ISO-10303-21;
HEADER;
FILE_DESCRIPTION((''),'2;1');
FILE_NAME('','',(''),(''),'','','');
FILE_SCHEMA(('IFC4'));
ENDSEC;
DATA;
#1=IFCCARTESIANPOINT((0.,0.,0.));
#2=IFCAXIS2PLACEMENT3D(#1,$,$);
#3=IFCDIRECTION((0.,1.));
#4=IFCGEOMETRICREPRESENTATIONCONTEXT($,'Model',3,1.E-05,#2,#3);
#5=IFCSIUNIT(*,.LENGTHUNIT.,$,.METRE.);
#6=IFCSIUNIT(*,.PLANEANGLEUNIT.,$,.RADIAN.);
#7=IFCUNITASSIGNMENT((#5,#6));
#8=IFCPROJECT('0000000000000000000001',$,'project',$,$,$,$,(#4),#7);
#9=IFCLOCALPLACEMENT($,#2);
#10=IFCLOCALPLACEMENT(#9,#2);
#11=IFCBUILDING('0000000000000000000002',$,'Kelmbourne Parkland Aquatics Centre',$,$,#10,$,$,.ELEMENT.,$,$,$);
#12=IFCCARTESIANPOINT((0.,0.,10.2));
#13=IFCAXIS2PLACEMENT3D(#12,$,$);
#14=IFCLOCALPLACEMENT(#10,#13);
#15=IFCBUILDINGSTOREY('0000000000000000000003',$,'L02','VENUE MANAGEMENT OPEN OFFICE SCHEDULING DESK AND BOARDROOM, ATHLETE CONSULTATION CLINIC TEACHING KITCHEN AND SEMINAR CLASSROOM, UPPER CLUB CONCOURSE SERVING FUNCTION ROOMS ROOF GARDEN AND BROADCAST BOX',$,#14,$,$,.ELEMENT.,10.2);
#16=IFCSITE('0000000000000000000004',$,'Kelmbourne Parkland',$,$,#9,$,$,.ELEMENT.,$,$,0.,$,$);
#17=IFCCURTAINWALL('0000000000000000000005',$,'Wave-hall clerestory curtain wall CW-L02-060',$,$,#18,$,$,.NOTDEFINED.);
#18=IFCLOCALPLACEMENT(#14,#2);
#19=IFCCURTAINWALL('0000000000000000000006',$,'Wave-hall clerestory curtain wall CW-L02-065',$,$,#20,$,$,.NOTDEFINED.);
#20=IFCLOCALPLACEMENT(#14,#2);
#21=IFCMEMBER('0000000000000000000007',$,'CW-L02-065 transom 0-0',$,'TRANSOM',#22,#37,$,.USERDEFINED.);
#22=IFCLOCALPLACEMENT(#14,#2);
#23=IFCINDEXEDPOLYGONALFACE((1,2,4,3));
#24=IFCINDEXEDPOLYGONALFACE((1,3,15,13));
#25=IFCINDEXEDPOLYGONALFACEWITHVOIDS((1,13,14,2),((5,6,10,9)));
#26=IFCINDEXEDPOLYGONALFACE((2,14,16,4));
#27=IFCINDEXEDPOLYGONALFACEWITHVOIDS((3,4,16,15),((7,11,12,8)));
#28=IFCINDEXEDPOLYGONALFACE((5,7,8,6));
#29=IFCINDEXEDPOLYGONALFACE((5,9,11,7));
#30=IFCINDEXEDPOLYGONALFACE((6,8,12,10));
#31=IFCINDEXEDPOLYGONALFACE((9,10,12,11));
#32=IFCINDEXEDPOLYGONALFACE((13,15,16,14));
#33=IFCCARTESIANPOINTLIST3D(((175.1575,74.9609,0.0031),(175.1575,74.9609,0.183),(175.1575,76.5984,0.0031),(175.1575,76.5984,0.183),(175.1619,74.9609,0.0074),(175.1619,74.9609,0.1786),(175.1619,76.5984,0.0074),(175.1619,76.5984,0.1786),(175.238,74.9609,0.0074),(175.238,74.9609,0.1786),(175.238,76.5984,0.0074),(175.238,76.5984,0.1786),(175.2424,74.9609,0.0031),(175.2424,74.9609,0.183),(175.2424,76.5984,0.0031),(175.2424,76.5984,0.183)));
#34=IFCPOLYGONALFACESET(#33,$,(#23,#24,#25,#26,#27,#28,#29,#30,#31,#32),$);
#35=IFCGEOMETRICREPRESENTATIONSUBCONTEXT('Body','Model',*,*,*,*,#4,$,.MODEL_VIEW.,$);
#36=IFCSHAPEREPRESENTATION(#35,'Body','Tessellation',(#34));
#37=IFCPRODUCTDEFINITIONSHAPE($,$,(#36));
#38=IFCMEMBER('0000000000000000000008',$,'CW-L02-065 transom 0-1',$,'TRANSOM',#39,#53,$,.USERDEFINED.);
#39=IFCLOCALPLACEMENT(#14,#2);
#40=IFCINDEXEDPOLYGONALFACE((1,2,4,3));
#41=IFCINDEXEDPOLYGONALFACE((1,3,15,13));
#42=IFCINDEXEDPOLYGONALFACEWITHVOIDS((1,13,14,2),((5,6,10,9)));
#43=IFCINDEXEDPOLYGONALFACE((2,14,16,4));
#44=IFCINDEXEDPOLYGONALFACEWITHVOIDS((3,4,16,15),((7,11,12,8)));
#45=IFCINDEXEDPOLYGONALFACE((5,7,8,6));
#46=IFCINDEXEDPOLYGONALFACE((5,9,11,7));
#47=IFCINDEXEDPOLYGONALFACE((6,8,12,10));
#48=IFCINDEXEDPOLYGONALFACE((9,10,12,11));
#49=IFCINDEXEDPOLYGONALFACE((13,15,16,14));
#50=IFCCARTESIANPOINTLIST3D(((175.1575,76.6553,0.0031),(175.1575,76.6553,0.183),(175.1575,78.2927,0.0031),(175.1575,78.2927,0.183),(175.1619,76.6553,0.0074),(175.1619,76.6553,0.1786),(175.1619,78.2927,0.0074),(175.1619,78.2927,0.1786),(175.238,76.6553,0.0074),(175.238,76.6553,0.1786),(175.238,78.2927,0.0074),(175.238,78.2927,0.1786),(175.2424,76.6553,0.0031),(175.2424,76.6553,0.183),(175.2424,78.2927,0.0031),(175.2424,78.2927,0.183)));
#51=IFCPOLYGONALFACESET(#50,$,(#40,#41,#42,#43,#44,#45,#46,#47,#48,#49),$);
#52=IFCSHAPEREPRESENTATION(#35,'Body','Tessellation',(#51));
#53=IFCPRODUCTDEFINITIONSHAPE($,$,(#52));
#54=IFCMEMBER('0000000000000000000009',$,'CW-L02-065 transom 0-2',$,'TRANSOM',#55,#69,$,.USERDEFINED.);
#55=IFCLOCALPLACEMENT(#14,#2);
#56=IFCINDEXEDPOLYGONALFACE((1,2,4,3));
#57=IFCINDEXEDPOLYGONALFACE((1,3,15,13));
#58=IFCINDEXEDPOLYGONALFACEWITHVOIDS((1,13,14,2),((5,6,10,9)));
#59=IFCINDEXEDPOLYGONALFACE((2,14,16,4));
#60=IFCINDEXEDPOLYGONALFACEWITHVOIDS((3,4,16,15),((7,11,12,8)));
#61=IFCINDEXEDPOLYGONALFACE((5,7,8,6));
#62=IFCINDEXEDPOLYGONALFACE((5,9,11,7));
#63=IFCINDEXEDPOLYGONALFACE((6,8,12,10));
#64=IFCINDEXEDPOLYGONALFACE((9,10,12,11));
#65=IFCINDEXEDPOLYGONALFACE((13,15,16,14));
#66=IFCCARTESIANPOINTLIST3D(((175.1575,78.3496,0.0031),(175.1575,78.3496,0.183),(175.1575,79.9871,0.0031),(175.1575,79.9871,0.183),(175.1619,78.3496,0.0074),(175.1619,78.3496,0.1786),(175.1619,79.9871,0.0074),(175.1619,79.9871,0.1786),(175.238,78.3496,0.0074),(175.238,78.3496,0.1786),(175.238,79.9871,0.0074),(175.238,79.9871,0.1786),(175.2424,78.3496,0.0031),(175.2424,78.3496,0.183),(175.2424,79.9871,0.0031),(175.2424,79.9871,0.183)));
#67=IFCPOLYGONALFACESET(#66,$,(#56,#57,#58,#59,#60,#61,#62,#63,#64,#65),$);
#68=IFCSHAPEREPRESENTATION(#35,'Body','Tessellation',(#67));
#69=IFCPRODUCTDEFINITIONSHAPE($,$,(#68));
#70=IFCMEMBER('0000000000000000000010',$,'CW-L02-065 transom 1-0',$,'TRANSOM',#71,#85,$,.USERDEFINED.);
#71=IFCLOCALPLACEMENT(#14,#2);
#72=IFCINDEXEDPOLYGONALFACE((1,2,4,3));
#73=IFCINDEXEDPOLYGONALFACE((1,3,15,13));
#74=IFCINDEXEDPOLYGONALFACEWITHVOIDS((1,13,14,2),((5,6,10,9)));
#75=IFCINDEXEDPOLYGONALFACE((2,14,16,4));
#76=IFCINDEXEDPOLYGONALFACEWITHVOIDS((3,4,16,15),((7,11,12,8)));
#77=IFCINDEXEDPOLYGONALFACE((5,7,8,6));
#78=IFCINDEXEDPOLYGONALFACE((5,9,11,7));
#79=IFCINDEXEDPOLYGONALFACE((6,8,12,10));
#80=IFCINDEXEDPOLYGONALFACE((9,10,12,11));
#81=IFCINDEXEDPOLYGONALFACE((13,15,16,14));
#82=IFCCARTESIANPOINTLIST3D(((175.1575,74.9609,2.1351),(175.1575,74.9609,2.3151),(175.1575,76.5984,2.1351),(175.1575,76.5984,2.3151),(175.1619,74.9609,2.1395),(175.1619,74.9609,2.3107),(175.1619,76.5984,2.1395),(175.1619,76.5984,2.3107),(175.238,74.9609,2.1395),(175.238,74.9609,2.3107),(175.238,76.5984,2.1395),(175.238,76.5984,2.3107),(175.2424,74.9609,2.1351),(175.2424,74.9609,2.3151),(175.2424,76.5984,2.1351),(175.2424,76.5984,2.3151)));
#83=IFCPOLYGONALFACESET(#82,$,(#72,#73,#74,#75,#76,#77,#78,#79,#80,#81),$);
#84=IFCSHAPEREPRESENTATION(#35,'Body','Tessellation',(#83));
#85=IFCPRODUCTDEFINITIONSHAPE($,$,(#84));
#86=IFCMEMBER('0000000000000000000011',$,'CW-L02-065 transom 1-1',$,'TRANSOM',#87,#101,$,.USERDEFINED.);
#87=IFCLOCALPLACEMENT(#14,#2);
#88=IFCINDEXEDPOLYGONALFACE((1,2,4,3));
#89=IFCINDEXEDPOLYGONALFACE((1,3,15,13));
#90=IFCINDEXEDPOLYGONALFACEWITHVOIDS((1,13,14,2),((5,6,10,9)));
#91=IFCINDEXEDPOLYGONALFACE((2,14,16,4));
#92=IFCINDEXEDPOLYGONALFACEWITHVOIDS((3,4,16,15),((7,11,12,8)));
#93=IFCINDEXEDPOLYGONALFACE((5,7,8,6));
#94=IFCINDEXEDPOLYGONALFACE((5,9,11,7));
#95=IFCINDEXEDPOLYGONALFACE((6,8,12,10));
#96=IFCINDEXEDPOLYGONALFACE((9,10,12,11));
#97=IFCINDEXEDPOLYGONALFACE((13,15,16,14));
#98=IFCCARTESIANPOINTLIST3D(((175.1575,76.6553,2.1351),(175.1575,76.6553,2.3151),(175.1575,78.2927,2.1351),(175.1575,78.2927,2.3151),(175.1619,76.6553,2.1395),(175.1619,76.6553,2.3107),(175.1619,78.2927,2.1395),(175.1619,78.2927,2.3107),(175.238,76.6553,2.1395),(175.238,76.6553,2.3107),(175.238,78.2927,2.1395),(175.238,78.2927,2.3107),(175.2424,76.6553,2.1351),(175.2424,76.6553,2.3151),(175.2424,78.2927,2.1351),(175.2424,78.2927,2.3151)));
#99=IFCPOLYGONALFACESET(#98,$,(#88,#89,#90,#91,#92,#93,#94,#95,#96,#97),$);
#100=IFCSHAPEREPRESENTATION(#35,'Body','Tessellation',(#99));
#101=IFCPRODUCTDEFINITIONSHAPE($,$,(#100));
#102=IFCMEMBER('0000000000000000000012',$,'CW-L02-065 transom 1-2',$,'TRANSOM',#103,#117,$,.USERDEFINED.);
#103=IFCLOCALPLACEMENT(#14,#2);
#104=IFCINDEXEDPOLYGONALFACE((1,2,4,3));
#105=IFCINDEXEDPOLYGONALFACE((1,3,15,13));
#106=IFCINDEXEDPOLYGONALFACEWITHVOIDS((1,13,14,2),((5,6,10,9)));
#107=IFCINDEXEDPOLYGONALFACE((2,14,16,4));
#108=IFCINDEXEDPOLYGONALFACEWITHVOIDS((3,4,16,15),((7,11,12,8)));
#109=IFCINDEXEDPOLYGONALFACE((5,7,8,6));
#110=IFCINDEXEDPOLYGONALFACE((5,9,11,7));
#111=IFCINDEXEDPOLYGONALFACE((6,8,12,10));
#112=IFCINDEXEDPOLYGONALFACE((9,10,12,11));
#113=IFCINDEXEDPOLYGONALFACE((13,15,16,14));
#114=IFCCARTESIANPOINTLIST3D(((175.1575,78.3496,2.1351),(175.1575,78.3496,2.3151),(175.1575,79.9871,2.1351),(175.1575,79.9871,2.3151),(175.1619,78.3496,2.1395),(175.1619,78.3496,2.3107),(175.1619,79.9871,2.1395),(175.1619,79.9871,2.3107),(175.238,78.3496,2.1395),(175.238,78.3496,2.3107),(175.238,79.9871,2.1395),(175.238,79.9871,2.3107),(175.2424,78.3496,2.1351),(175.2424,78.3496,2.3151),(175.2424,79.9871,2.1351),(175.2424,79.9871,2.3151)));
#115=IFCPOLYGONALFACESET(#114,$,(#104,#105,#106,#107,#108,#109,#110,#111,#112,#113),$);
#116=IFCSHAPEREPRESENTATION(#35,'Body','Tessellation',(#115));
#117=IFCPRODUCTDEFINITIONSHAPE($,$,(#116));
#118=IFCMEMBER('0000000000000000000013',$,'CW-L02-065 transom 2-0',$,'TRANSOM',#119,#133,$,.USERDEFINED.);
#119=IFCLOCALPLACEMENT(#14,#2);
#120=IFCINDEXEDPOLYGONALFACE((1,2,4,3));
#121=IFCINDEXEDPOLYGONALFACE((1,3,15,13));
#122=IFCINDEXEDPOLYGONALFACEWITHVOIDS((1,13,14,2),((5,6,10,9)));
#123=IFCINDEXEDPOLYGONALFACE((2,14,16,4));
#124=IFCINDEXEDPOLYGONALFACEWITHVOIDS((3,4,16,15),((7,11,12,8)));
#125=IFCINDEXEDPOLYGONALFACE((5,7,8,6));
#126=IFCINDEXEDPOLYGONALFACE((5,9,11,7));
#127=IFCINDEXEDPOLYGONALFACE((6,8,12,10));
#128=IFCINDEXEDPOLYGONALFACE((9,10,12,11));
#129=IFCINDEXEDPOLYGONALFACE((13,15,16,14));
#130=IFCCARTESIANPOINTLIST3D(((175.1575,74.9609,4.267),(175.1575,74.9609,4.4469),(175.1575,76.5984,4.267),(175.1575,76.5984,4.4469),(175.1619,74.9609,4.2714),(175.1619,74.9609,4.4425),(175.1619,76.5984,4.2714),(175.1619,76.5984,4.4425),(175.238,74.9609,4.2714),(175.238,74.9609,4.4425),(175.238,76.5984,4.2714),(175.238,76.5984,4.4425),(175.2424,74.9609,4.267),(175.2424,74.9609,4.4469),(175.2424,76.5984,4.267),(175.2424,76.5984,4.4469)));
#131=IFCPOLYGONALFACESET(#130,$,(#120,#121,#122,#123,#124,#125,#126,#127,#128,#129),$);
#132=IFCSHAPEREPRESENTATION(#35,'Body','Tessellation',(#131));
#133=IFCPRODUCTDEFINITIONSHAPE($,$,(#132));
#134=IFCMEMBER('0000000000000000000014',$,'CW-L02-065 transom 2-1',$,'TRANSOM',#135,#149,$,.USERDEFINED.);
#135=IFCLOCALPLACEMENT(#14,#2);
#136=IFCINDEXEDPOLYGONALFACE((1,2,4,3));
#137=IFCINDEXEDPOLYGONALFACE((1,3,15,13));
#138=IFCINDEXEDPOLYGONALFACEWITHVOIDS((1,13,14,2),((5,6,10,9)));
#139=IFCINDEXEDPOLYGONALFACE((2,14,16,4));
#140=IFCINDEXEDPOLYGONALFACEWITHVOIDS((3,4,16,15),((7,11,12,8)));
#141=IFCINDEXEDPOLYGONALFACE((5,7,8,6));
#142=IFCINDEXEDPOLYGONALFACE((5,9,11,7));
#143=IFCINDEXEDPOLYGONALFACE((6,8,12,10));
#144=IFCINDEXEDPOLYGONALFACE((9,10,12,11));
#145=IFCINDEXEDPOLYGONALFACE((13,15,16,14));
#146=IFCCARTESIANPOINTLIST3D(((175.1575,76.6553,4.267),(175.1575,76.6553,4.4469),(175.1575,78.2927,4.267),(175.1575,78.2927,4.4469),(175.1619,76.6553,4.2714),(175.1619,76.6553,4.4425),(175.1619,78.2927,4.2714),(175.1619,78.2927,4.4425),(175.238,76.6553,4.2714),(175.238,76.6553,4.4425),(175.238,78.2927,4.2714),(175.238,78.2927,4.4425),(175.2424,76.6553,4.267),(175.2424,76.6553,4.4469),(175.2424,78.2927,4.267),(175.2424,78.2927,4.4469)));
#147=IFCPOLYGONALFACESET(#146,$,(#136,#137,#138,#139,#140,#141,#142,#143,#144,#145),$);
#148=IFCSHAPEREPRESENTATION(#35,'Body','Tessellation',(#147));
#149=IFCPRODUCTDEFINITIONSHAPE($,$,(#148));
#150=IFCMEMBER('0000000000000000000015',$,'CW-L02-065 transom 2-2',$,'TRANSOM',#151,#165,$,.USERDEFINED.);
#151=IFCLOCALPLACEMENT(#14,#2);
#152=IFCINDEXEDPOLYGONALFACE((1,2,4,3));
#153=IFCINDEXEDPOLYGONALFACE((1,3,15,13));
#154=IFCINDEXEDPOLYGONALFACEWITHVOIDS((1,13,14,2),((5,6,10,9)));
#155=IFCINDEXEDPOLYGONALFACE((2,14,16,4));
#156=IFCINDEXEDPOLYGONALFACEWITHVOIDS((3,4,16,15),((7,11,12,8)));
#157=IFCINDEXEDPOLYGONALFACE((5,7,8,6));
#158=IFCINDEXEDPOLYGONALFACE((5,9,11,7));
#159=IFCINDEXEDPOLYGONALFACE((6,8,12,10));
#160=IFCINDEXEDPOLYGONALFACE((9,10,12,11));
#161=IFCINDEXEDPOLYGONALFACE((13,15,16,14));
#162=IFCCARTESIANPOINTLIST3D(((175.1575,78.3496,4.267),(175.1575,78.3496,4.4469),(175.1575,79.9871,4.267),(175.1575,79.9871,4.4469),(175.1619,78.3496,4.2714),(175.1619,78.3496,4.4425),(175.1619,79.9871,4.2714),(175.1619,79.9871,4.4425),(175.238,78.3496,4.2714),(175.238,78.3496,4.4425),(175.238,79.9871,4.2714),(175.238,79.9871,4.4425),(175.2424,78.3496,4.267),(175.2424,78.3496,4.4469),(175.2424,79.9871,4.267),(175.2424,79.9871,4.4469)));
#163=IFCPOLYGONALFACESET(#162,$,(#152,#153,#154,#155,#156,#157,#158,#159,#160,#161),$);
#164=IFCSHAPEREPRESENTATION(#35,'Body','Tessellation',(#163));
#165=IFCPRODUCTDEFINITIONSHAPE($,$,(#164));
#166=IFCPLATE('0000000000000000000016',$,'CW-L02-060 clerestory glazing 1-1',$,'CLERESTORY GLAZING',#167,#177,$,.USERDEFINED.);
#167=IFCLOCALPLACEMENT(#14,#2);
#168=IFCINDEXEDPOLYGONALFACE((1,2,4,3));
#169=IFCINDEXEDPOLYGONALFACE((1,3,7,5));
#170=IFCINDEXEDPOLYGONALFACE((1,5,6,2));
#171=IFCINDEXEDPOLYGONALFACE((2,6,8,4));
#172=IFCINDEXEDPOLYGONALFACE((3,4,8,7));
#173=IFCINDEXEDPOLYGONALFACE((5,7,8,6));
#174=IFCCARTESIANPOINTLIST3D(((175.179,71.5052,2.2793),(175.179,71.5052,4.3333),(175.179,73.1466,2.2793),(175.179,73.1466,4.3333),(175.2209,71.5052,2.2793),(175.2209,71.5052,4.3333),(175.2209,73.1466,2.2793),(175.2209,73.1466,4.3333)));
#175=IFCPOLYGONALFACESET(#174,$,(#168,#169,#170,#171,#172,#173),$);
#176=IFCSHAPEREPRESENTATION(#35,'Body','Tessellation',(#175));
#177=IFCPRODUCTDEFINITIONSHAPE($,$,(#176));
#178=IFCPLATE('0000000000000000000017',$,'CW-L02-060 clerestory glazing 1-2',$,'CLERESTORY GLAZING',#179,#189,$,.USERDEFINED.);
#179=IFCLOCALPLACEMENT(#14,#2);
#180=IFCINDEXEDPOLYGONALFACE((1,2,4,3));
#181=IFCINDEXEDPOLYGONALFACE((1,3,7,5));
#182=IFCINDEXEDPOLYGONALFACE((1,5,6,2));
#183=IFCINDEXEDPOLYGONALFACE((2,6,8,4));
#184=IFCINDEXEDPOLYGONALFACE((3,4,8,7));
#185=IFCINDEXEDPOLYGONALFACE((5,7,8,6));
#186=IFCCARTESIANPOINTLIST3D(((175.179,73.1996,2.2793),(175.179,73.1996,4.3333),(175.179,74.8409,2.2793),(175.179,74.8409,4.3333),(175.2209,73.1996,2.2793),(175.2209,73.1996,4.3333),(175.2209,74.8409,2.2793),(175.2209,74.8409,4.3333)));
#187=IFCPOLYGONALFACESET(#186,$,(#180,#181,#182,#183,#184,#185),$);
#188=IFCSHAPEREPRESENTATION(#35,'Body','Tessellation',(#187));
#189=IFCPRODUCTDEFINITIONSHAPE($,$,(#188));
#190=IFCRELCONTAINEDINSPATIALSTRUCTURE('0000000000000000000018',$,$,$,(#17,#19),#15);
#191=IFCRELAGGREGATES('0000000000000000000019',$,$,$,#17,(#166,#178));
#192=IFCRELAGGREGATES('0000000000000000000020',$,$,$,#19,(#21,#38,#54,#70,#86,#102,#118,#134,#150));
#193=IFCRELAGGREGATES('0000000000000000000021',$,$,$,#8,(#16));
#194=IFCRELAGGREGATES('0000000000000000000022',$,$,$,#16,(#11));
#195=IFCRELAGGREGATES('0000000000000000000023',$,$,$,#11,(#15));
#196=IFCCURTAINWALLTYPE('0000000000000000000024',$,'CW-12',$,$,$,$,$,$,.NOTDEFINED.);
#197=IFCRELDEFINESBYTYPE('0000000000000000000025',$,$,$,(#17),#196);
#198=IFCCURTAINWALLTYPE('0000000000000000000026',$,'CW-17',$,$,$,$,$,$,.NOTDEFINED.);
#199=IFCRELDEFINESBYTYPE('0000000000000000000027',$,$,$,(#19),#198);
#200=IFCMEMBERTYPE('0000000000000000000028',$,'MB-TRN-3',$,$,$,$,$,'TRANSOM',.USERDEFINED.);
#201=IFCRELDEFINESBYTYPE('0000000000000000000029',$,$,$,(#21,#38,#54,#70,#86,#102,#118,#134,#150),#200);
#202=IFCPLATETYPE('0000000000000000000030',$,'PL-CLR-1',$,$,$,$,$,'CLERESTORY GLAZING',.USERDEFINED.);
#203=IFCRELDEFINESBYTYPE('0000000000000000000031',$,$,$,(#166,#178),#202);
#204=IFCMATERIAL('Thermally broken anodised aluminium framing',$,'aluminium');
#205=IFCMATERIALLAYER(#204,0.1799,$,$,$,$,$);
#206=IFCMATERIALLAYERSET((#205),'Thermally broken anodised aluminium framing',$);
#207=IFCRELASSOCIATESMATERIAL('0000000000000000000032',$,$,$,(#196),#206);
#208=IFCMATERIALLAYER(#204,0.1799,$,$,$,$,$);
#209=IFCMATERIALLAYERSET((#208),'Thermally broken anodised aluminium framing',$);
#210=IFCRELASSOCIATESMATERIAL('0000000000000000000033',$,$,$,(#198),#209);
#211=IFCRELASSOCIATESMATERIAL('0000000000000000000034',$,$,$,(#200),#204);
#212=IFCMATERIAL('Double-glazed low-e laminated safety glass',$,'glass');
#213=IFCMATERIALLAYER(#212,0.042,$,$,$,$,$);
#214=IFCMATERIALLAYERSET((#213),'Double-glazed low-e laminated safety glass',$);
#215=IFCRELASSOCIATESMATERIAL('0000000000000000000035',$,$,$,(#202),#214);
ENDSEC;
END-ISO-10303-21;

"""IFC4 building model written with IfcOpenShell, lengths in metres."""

from ifc_helpers import new_model, si_unit, direction, frame, origin, origin_2d, place, context, subcontext, project, spatial, rectangle, hollow_rectangle, extrude, material, layer, layer_set, material_profile, profile_set, type_object, element, aggregate, save


model = new_model("IFC4")

# Units and contexts
model_context = context("Model", 3, precision=1e-05, world=origin(), true_north=direction((0.0, 1.0)))
body_context = subcontext(model_context, "Body", "Model", "MODEL_VIEW")
ifc_project = project(units=[si_unit("LENGTHUNIT", "METRE"), si_unit("PLANEANGLEUNIT", "RADIAN")], contexts=[model_context])

# Site, building, storey
site_placement = place(None, origin())
site = spatial("IfcSite", under=ifc_project, at=site_placement, Name="Kelmbourne Parkland", CompositionType="ELEMENT", RefElevation=0.0)
building_placement = place(site_placement, origin())
building = spatial("IfcBuilding", under=site, at=building_placement, Name="Kelmbourne Parkland Aquatics Centre", CompositionType="ELEMENT")
storey_placement = place(building_placement, frame((0.0, 0.0, 10.2)))
storey = spatial("IfcBuildingStorey", under=building, at=storey_placement, Name="L02", Description="VENUE MANAGEMENT OPEN OFFICE SCHEDULING DESK AND BOARDROOM, ATHLETE CONSULTATION CLINIC TEACHING KITCHEN AND SEMINAR CLASSROOM, UPPER CLUB CONCOURSE SERVING FUNCTION ROOMS ROOF GARDEN AND BROADCAST BOX", CompositionType="ELEMENT", Elevation=10.2)

# Curtain walls
ifc_material_1 = material(Name="Thermally broken anodised aluminium framing", Category="aluminium")
ifc_layer_1 = layer(ifc_material_1, 0.1799)
ifc_layer_set_1 = layer_set([ifc_layer_1], Name="Thermally broken anodised aluminium framing")
curtain_wall_type_1 = type_object("IfcCurtainWallType", Name="CW-12", PredefinedType="NOTDEFINED", material=ifc_layer_set_1)
curtain_wall_1_placement = place(storey_placement, origin())
curtain_wall_1 = element("IfcCurtainWall", 1, at=curtain_wall_1_placement, inside=storey, type_object=curtain_wall_type_1, Name="Wave-hall clerestory curtain wall CW-L02-060", PredefinedType="NOTDEFINED")
ifc_layer_2 = layer(ifc_material_1, 0.1799)
ifc_layer_set_2 = layer_set([ifc_layer_2], Name="Thermally broken anodised aluminium framing")
curtain_wall_type_2 = type_object("IfcCurtainWallType", Name="CW-17", PredefinedType="NOTDEFINED", material=ifc_layer_set_2)
curtain_wall_2_placement = place(storey_placement, origin())
curtain_wall_2 = element("IfcCurtainWall", 2, at=curtain_wall_2_placement, inside=storey, type_object=curtain_wall_type_2, Name="Wave-hall clerestory curtain wall CW-L02-065", PredefinedType="NOTDEFINED")

# Members
ifc_material_profile_1 = material_profile(ifc_material_1, hollow_rectangle(XDim=0.085, YDim=0.1799, WallThickness=0.0044, at=origin_2d()), Name="CW-T 85x180")
ifc_profile_set_1 = profile_set([ifc_material_profile_1], Name="Thermally broken anodised aluminium framing")
member_type_1 = type_object("IfcMemberType", Name="MB-TRN-3", ElementType="TRANSOM", PredefinedType="USERDEFINED", material=ifc_profile_set_1)
member_1_placement = place(storey_placement, frame((175.2, 74.9609, 0.093), z_axis=(0.0, 1.0, 0.0), x_axis=(-1.0, 0.0, 0.0)))
member_1 = element("IfcMember", 3, at=member_1_placement, type_object=member_type_1, Name="CW-L02-065 transom 0-0", ObjectType="TRANSOM", PredefinedType="USERDEFINED", context=body_context, shape_type="SweptSolid", body=[
    extrude(hollow_rectangle(XDim=0.085, YDim=0.1799, WallThickness=0.0044, at=origin_2d()), origin(), (0.0, 0.0, 1.0), 1.6375),
])
member_2_placement = place(storey_placement, frame((175.2, 76.6553, 0.093), z_axis=(0.0, 1.0, 0.0), x_axis=(-1.0, 0.0, 0.0)))
member_2 = element("IfcMember", 4, at=member_2_placement, type_object=member_type_1, Name="CW-L02-065 transom 0-1", ObjectType="TRANSOM", PredefinedType="USERDEFINED", context=body_context, shape_type="SweptSolid", body=[
    extrude(hollow_rectangle(XDim=0.085, YDim=0.1799, WallThickness=0.0044, at=origin_2d()), origin(), (0.0, 0.0, 1.0), 1.6375),
])
member_3_placement = place(storey_placement, frame((175.2, 78.3496, 0.093), z_axis=(0.0, 1.0, 0.0), x_axis=(-1.0, 0.0, 0.0)))
member_3 = element("IfcMember", 5, at=member_3_placement, type_object=member_type_1, Name="CW-L02-065 transom 0-2", ObjectType="TRANSOM", PredefinedType="USERDEFINED", context=body_context, shape_type="SweptSolid", body=[
    extrude(hollow_rectangle(XDim=0.085, YDim=0.1799, WallThickness=0.0044, at=origin_2d()), origin(), (0.0, 0.0, 1.0), 1.6375),
])
member_4_placement = place(storey_placement, frame((175.2, 74.9609, 2.2251), z_axis=(0.0, 1.0, 0.0), x_axis=(-1.0, 0.0, 0.0)))
member_4 = element("IfcMember", 6, at=member_4_placement, type_object=member_type_1, Name="CW-L02-065 transom 1-0", ObjectType="TRANSOM", PredefinedType="USERDEFINED", context=body_context, shape_type="SweptSolid", body=[
    extrude(hollow_rectangle(XDim=0.085, YDim=0.1799, WallThickness=0.0044, at=origin_2d()), origin(), (0.0, 0.0, 1.0), 1.6375),
])
member_5_placement = place(storey_placement, frame((175.2, 76.6553, 2.2251), z_axis=(0.0, 1.0, 0.0), x_axis=(-1.0, 0.0, 0.0)))
member_5 = element("IfcMember", 7, at=member_5_placement, type_object=member_type_1, Name="CW-L02-065 transom 1-1", ObjectType="TRANSOM", PredefinedType="USERDEFINED", context=body_context, shape_type="SweptSolid", body=[
    extrude(hollow_rectangle(XDim=0.085, YDim=0.1799, WallThickness=0.0044, at=origin_2d()), origin(), (0.0, 0.0, 1.0), 1.6375),
])
member_6_placement = place(storey_placement, frame((175.2, 78.3496, 2.2251), z_axis=(0.0, 1.0, 0.0), x_axis=(-1.0, 0.0, 0.0)))
member_6 = element("IfcMember", 8, at=member_6_placement, type_object=member_type_1, Name="CW-L02-065 transom 1-2", ObjectType="TRANSOM", PredefinedType="USERDEFINED", context=body_context, shape_type="SweptSolid", body=[
    extrude(hollow_rectangle(XDim=0.085, YDim=0.1799, WallThickness=0.0044, at=origin_2d()), origin(), (0.0, 0.0, 1.0), 1.6375),
])
member_7_placement = place(storey_placement, frame((175.2, 74.9609, 4.3569), z_axis=(0.0, 1.0, 0.0), x_axis=(-1.0, 0.0, 0.0)))
member_7 = element("IfcMember", 9, at=member_7_placement, type_object=member_type_1, Name="CW-L02-065 transom 2-0", ObjectType="TRANSOM", PredefinedType="USERDEFINED", context=body_context, shape_type="SweptSolid", body=[
    extrude(hollow_rectangle(XDim=0.085, YDim=0.1799, WallThickness=0.0044, at=origin_2d()), origin(), (0.0, 0.0, 1.0), 1.6375),
])
member_8_placement = place(storey_placement, frame((175.2, 76.6553, 4.3569), z_axis=(0.0, 1.0, 0.0), x_axis=(-1.0, 0.0, 0.0)))
member_8 = element("IfcMember", 10, at=member_8_placement, type_object=member_type_1, Name="CW-L02-065 transom 2-1", ObjectType="TRANSOM", PredefinedType="USERDEFINED", context=body_context, shape_type="SweptSolid", body=[
    extrude(hollow_rectangle(XDim=0.085, YDim=0.1799, WallThickness=0.0044, at=origin_2d()), origin(), (0.0, 0.0, 1.0), 1.6375),
])
member_9_placement = place(storey_placement, frame((175.2, 78.3496, 4.3569), z_axis=(0.0, 1.0, 0.0), x_axis=(-1.0, 0.0, 0.0)))
member_9 = element("IfcMember", 11, at=member_9_placement, type_object=member_type_1, Name="CW-L02-065 transom 2-2", ObjectType="TRANSOM", PredefinedType="USERDEFINED", context=body_context, shape_type="SweptSolid", body=[
    extrude(hollow_rectangle(XDim=0.085, YDim=0.1799, WallThickness=0.0044, at=origin_2d()), origin(), (0.0, 0.0, 1.0), 1.6375),
])

# Plates
ifc_material_2 = material(Name="Double-glazed low-e laminated safety glass", Category="glass")
ifc_layer_3 = layer(ifc_material_2, 0.042)
ifc_layer_set_3 = layer_set([ifc_layer_3], Name="Double-glazed low-e laminated safety glass")
plate_type_1 = type_object("IfcPlateType", Name="PL-CLR-1", ElementType="CLERESTORY GLAZING", PredefinedType="USERDEFINED", material=ifc_layer_set_3)
plate_1_placement = place(storey_placement, frame((175.2, 72.3259, 2.2793), z_axis=(0.0, 0.0, 1.0), x_axis=(0.0, 1.0, 0.0)))
plate_1 = element("IfcPlate", 12, at=plate_1_placement, type_object=plate_type_1, Name="CW-L02-060 clerestory glazing 1-1", ObjectType="CLERESTORY GLAZING", PredefinedType="USERDEFINED", context=body_context, shape_type="SweptSolid", body=[
    extrude(rectangle(XDim=1.6414, YDim=0.042, at=origin_2d()), origin(), (0.0, 0.0, 1.0), 2.054),
])
plate_2_placement = place(storey_placement, frame((175.2, 74.0203, 2.2793), z_axis=(0.0, 0.0, 1.0), x_axis=(0.0, 1.0, 0.0)))
plate_2 = element("IfcPlate", 13, at=plate_2_placement, type_object=plate_type_1, Name="CW-L02-060 clerestory glazing 1-2", ObjectType="CLERESTORY GLAZING", PredefinedType="USERDEFINED", context=body_context, shape_type="SweptSolid", body=[
    extrude(rectangle(XDim=1.6414, YDim=0.042, at=origin_2d()), origin(), (0.0, 0.0, 1.0), 2.054),
])
aggregate(curtain_wall_1, [plate_1, plate_2])
aggregate(curtain_wall_2, [member_1, member_2, member_3, member_4, member_5, member_6, member_7, member_8, member_9])

save(model, "model.ifc")
